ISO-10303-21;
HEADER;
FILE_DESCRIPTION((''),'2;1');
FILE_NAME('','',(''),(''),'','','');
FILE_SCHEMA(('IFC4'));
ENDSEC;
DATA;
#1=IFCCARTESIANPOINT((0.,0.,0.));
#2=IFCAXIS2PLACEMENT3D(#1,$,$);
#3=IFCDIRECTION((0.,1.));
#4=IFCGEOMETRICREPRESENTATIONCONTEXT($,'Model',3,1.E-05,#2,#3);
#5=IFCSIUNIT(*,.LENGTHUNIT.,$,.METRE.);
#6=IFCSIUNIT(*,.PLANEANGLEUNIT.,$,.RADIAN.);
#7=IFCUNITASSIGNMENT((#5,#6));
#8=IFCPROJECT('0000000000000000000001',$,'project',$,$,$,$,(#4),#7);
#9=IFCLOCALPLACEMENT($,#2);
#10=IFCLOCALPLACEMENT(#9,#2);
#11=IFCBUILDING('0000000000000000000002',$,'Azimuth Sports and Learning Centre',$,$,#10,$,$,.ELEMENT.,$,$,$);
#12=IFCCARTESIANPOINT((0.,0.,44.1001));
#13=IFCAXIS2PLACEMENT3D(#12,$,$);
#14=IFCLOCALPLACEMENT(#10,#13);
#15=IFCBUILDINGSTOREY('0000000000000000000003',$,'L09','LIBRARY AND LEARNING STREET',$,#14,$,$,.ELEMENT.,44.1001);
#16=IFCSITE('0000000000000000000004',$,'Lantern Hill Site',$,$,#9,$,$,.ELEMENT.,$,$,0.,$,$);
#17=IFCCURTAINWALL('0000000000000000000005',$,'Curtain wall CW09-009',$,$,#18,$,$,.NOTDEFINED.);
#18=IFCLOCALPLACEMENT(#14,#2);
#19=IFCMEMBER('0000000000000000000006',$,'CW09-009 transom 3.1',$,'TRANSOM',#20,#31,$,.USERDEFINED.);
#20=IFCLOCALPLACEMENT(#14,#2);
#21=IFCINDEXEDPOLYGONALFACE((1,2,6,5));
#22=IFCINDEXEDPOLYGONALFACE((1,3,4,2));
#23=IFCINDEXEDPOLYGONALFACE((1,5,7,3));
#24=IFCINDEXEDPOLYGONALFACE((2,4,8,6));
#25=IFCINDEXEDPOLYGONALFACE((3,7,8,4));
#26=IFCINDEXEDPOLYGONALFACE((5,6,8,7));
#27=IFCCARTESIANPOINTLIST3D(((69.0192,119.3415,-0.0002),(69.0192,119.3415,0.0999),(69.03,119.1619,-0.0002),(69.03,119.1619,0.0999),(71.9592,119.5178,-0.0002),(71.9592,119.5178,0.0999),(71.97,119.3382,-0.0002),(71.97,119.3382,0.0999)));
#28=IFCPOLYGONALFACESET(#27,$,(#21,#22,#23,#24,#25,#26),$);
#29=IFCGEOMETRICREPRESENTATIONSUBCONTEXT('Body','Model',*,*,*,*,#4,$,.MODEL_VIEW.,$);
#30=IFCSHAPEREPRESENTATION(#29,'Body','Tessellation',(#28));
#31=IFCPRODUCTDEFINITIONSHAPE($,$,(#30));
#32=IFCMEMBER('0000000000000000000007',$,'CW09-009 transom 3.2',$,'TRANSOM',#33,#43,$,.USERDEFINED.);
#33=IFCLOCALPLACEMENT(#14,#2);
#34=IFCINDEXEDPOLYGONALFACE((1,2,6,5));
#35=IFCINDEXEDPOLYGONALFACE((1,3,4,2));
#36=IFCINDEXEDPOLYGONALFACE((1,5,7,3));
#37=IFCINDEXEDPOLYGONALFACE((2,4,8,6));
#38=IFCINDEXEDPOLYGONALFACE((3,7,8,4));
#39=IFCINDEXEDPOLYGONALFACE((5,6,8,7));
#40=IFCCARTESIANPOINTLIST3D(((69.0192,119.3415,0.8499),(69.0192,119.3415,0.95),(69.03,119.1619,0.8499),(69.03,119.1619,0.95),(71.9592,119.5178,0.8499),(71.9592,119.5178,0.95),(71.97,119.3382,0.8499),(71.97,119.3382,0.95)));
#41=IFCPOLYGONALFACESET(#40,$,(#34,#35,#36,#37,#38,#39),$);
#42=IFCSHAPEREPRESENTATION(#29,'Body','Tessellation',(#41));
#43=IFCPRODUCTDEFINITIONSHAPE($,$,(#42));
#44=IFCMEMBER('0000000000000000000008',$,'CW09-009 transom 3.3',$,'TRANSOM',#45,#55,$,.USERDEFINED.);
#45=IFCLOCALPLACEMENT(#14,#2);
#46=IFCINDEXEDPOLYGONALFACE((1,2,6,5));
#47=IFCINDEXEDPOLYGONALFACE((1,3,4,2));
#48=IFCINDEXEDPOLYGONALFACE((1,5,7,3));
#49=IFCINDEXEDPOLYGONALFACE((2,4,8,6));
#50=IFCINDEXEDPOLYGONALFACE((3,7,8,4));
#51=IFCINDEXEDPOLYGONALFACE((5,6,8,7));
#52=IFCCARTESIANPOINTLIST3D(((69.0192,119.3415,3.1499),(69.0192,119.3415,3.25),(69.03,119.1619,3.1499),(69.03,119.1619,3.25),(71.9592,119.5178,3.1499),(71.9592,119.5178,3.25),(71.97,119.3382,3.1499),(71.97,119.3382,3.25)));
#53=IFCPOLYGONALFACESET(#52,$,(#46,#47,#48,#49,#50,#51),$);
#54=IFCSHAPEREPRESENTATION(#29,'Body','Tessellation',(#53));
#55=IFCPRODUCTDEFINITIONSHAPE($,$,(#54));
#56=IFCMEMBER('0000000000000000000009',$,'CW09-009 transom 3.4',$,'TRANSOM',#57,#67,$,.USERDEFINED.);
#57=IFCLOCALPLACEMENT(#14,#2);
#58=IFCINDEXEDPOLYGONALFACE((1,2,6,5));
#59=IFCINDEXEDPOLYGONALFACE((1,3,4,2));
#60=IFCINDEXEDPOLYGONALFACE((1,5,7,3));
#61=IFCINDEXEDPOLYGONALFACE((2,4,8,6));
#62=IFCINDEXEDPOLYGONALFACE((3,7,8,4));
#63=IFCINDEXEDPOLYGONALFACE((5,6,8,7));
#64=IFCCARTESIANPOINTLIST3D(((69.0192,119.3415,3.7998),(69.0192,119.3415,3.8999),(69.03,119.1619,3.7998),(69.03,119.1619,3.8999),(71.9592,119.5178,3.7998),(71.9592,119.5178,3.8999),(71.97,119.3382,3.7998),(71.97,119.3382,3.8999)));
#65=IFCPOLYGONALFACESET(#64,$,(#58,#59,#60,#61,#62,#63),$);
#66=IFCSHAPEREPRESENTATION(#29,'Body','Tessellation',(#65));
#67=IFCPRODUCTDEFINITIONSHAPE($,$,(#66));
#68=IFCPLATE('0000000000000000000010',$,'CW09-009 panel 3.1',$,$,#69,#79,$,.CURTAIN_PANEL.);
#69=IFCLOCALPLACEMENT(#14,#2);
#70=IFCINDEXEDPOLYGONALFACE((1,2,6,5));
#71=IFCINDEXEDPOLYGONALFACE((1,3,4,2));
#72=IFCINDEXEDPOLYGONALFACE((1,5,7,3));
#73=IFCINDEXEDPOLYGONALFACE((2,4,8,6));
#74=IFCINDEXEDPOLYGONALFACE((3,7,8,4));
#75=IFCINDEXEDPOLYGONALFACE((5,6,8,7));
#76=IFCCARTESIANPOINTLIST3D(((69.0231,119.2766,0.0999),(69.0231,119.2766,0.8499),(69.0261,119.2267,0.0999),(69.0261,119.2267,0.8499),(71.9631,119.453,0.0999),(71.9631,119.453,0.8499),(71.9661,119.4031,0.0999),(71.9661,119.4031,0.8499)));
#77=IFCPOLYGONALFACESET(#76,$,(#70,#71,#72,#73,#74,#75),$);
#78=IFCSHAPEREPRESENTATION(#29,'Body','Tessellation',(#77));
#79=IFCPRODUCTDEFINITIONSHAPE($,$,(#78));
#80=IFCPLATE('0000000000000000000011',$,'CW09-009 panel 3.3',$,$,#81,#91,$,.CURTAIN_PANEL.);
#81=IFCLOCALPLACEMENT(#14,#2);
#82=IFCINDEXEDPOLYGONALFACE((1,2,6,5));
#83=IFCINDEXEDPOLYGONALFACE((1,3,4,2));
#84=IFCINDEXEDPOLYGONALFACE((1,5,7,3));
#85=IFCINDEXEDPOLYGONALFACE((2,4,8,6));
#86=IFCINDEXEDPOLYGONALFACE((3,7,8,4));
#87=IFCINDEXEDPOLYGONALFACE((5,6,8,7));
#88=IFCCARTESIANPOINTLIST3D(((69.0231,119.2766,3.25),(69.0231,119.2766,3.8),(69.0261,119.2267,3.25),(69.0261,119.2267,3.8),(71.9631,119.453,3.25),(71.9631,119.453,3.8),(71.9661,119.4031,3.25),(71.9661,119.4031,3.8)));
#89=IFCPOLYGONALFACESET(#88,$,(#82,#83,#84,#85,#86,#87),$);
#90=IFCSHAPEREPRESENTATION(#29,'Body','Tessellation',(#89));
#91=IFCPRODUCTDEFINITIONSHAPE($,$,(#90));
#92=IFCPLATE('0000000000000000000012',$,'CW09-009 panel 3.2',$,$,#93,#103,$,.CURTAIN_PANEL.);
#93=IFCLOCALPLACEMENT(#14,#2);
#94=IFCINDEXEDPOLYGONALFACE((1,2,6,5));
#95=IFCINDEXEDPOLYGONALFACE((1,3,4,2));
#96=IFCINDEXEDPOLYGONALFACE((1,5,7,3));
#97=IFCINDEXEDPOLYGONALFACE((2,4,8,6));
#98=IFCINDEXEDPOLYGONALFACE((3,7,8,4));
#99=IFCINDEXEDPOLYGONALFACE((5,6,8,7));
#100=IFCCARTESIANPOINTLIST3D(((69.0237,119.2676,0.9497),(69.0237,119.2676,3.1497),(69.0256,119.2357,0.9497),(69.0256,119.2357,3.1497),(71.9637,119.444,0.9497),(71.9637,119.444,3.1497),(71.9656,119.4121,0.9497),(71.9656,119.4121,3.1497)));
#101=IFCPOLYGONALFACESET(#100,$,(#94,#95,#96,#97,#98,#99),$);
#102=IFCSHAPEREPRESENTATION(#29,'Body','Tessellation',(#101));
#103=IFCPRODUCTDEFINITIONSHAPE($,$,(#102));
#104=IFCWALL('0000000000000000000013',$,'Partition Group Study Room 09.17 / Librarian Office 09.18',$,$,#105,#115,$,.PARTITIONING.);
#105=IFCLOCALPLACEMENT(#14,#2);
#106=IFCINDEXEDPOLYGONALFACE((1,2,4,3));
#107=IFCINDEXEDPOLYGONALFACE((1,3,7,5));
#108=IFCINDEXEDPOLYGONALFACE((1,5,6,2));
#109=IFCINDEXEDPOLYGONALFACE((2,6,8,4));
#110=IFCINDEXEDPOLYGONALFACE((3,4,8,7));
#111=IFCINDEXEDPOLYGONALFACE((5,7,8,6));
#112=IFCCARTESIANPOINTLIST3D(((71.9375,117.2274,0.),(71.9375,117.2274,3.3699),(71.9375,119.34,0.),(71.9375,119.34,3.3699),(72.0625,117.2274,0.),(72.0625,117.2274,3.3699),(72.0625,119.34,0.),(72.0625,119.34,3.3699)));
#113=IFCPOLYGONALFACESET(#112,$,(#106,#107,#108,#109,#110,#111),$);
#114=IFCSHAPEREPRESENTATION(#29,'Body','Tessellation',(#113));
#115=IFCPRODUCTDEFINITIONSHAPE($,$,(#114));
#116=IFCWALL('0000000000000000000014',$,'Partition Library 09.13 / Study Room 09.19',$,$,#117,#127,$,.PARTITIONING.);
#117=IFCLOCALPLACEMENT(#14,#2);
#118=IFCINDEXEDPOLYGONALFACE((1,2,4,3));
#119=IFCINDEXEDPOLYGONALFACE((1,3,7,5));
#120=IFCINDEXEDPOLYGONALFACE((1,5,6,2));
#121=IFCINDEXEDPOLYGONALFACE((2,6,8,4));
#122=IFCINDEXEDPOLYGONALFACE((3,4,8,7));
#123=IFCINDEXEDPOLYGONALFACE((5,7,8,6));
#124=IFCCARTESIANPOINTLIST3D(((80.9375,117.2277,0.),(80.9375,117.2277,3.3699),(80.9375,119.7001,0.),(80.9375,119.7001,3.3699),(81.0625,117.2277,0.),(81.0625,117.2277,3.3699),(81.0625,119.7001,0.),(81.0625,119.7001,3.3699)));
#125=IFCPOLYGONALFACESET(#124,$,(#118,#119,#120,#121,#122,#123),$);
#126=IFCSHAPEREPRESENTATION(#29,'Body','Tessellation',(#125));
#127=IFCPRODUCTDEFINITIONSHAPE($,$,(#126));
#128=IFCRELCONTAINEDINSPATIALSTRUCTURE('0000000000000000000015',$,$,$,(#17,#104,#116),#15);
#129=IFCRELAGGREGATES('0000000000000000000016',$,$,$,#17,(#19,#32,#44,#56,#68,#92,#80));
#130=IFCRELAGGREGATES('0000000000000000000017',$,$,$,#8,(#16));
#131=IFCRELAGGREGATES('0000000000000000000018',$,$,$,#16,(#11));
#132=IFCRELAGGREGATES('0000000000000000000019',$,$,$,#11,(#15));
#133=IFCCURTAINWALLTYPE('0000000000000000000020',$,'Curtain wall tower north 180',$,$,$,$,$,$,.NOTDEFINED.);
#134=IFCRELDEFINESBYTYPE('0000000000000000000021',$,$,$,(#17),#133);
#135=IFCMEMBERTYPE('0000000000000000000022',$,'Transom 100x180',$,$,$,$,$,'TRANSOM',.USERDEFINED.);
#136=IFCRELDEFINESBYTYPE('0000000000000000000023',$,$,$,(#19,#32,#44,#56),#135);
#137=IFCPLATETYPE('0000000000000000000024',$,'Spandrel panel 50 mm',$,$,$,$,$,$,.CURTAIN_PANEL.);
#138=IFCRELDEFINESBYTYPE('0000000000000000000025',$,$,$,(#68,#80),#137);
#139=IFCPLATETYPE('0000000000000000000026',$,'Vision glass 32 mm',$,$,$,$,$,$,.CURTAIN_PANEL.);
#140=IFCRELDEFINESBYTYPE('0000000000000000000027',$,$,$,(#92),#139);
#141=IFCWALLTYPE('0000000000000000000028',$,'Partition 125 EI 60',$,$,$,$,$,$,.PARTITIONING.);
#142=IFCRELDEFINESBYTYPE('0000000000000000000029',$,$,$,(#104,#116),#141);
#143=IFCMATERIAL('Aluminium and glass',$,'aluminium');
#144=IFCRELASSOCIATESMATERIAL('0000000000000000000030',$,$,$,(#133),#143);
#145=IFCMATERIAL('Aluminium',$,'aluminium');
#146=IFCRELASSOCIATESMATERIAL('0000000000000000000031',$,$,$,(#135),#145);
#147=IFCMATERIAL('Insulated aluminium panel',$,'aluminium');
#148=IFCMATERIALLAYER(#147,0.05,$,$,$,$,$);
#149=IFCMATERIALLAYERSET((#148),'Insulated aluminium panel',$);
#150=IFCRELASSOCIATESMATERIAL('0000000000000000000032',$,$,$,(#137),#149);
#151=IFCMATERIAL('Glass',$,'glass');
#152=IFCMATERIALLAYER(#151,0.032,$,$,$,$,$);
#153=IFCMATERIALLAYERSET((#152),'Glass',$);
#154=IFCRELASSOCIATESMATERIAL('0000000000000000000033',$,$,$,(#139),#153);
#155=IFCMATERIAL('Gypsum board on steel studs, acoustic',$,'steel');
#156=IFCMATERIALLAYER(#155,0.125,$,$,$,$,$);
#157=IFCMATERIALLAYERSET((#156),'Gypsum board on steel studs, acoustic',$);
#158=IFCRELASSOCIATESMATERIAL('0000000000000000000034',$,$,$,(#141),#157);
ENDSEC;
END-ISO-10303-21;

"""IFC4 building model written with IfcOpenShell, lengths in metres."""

from ifc_helpers import new_model, si_unit, direction, frame, frame_2d, origin, origin_2d, place, context, subcontext, project, spatial, rectangle, extrude, material, layer, layer_set, material_profile, profile_set, type_object, element, aggregate, save


model = new_model("IFC4")

# Units and contexts
model_context = context("Model", 3, precision=1e-05, world=origin(), true_north=direction((0.0, 1.0)))
body_context = subcontext(model_context, "Body", "Model", "MODEL_VIEW")
ifc_project = project(units=[si_unit("LENGTHUNIT", "METRE"), si_unit("PLANEANGLEUNIT", "RADIAN")], contexts=[model_context])

# Site, building, storey
site_placement = place(None, origin())
site = spatial("IfcSite", under=ifc_project, at=site_placement, Name="Lantern Hill Site", CompositionType="ELEMENT", RefElevation=0.0)
building_placement = place(site_placement, origin())
building = spatial("IfcBuilding", under=site, at=building_placement, Name="Azimuth Sports and Learning Centre", CompositionType="ELEMENT")
storey_placement = place(building_placement, frame((0.0, 0.0, 44.1001)))
storey = spatial("IfcBuildingStorey", under=building, at=storey_placement, Name="L09", Description="LIBRARY AND LEARNING STREET", CompositionType="ELEMENT", Elevation=44.1001)

# Curtain wall, members, plates
ifc_material_1 = material(Name="Aluminium and glass", Category="aluminium")
curtain_wall_type = type_object("IfcCurtainWallType", Name="Curtain wall tower north 180", PredefinedType="NOTDEFINED", material=ifc_material_1)
curtain_wall_placement = place(storey_placement, origin())
curtain_wall = element("IfcCurtainWall", 1, at=curtain_wall_placement, inside=storey, type_object=curtain_wall_type, Name="Curtain wall CW09-009", PredefinedType="NOTDEFINED")
ifc_material_2 = material(Name="Aluminium", Category="aluminium")
ifc_material_profile_1 = material_profile(ifc_material_2, rectangle(XDim=0.1799, YDim=0.1001, at=origin_2d()), Name="Transom 100x180")
ifc_profile_set_1 = profile_set([ifc_material_profile_1], Name="Aluminium")
member_type = type_object("IfcMemberType", Name="Transom 100x180", ElementType="TRANSOM", PredefinedType="USERDEFINED", material=ifc_profile_set_1)
member_1_placement = place(storey_placement, frame((71.9646, 119.428, 0.0498), z_axis=(-0.998207, -0.059849, 0.0), x_axis=(0.059849, -0.998207, 0.0)))
member_1 = element("IfcMember", 2, at=member_1_placement, type_object=member_type, Name="CW09-009 transom 3.1", ObjectType="TRANSOM", PredefinedType="USERDEFINED", context=body_context, shape_type="SweptSolid", body=[
    extrude(rectangle(XDim=0.1799, YDim=0.1001, at=origin_2d()), origin(), (0.0, 0.0, 1.0), 2.9453),
])
member_2_placement = place(storey_placement, frame((71.9646, 119.428, 0.8999), z_axis=(-0.998207, -0.059849, 0.0), x_axis=(0.059849, -0.998207, 0.0)))
member_2 = element("IfcMember", 3, at=member_2_placement, type_object=member_type, Name="CW09-009 transom 3.2", ObjectType="TRANSOM", PredefinedType="USERDEFINED", context=body_context, shape_type="SweptSolid", body=[
    extrude(rectangle(XDim=0.1799, YDim=0.1001, at=origin_2d()), origin(), (0.0, 0.0, 1.0), 2.9453),
])
member_3_placement = place(storey_placement, frame((71.9646, 119.428, 3.2), z_axis=(-0.998207, -0.059849, 0.0), x_axis=(0.059849, -0.998207, 0.0)))
member_3 = element("IfcMember", 4, at=member_3_placement, type_object=member_type, Name="CW09-009 transom 3.3", ObjectType="TRANSOM", PredefinedType="USERDEFINED", context=body_context, shape_type="SweptSolid", body=[
    extrude(rectangle(XDim=0.1799, YDim=0.1001, at=origin_2d()), origin(), (0.0, 0.0, 1.0), 2.9453),
])
member_4_placement = place(storey_placement, frame((71.9646, 119.428, 3.8499), z_axis=(-0.998207, -0.059849, 0.0), x_axis=(0.059849, -0.998207, 0.0)))
member_4 = element("IfcMember", 5, at=member_4_placement, type_object=member_type, Name="CW09-009 transom 3.4", ObjectType="TRANSOM", PredefinedType="USERDEFINED", context=body_context, shape_type="SweptSolid", body=[
    extrude(rectangle(XDim=0.1799, YDim=0.1001, at=origin_2d()), origin(), (0.0, 0.0, 1.0), 2.9453),
])
ifc_material_3 = material(Name="Insulated aluminium panel", Category="aluminium")
ifc_layer_1 = layer(ifc_material_3, 0.05)
ifc_layer_set_1 = layer_set([ifc_layer_1], Name="Insulated aluminium panel")
plate_type_1 = type_object("IfcPlateType", Name="Spandrel panel 50 mm", PredefinedType="CURTAIN_PANEL", material=ifc_layer_set_1)
plate_1_placement = place(storey_placement, frame((70.4946, 119.3398, 0.0999), z_axis=(0.0, 0.0, 1.0), x_axis=(-0.998205, -0.059892, 0.0)))
plate_1 = element("IfcPlate", 6, at=plate_1_placement, type_object=plate_type_1, Name="CW09-009 panel 3.1", PredefinedType="CURTAIN_PANEL", context=body_context, shape_type="SweptSolid", body=[
    extrude(rectangle(XDim=2.9453, YDim=0.05, at=origin_2d()), origin(), (0.0, 0.0, 1.0), 0.75),
])
plate_2_placement = place(storey_placement, frame((70.4946, 119.3398, 3.25), z_axis=(0.0, 0.0, 1.0), x_axis=(-0.998205, -0.059892, 0.0)))
plate_2 = element("IfcPlate", 7, at=plate_2_placement, type_object=plate_type_1, Name="CW09-009 panel 3.3", PredefinedType="CURTAIN_PANEL", context=body_context, shape_type="SweptSolid", body=[
    extrude(rectangle(XDim=2.9453, YDim=0.05, at=origin_2d()), origin(), (0.0, 0.0, 1.0), 0.55),
])
ifc_material_4 = material(Name="Glass", Category="glass")
ifc_layer_2 = layer(ifc_material_4, 0.032)
ifc_layer_set_2 = layer_set([ifc_layer_2], Name="Glass")
plate_type_2 = type_object("IfcPlateType", Name="Vision glass 32 mm", PredefinedType="CURTAIN_PANEL", material=ifc_layer_set_2)
plate_3_placement = place(storey_placement, frame((70.4946, 119.3398, 0.9497), z_axis=(0.0, 0.0, 1.0), x_axis=(-0.998205, -0.059892, 0.0)))
plate_3 = element("IfcPlate", 8, at=plate_3_placement, type_object=plate_type_2, Name="CW09-009 panel 3.2", PredefinedType="CURTAIN_PANEL", context=body_context, shape_type="SweptSolid", body=[
    extrude(rectangle(XDim=2.9453, YDim=0.032, at=origin_2d()), origin(), (0.0, 0.0, 1.0), 2.2),
])
aggregate(curtain_wall, [member_1, member_2, member_3, member_4, plate_1, plate_3, plate_2])

# Walls
ifc_material_5 = material(Name="Gypsum board on steel studs, acoustic", Category="steel")
ifc_layer_3 = layer(ifc_material_5, 0.125)
ifc_layer_set_3 = layer_set([ifc_layer_3], Name="Gypsum board on steel studs, acoustic")
wall_type = type_object("IfcWallType", Name="Partition 125 EI 60", PredefinedType="PARTITIONING", material=ifc_layer_set_3)
wall_1_placement = place(storey_placement, frame((72.0, 117.2275, 0.0), z_axis=(0.0, 0.0, 1.0), x_axis=(0.0, 1.0, 0.0)))
element("IfcWall", 9, at=wall_1_placement, inside=storey, type_object=wall_type, Name="Partition Group Study Room 09.17 / Librarian Office 09.18", PredefinedType="PARTITIONING", context=body_context, shape_type="SweptSolid", body=[
    extrude(rectangle(XDim=2.1125, YDim=0.125, at=frame_2d((1.0562, 0.0))), origin(), (0.0, 0.0, 1.0), 3.3699),
])
wall_2_placement = place(storey_placement, frame((81.0, 117.2275, 0.0), z_axis=(0.0, 0.0, 1.0), x_axis=(0.0, 1.0, 0.0)))
element("IfcWall", 10, at=wall_2_placement, inside=storey, type_object=wall_type, Name="Partition Library 09.13 / Study Room 09.19", PredefinedType="PARTITIONING", context=body_context, shape_type="SweptSolid", body=[
    extrude(rectangle(XDim=2.4724, YDim=0.125, at=frame_2d((1.2363, 0.0))), origin(), (0.0, 0.0, 1.0), 3.3699),
])

save(model, "model.ifc")
